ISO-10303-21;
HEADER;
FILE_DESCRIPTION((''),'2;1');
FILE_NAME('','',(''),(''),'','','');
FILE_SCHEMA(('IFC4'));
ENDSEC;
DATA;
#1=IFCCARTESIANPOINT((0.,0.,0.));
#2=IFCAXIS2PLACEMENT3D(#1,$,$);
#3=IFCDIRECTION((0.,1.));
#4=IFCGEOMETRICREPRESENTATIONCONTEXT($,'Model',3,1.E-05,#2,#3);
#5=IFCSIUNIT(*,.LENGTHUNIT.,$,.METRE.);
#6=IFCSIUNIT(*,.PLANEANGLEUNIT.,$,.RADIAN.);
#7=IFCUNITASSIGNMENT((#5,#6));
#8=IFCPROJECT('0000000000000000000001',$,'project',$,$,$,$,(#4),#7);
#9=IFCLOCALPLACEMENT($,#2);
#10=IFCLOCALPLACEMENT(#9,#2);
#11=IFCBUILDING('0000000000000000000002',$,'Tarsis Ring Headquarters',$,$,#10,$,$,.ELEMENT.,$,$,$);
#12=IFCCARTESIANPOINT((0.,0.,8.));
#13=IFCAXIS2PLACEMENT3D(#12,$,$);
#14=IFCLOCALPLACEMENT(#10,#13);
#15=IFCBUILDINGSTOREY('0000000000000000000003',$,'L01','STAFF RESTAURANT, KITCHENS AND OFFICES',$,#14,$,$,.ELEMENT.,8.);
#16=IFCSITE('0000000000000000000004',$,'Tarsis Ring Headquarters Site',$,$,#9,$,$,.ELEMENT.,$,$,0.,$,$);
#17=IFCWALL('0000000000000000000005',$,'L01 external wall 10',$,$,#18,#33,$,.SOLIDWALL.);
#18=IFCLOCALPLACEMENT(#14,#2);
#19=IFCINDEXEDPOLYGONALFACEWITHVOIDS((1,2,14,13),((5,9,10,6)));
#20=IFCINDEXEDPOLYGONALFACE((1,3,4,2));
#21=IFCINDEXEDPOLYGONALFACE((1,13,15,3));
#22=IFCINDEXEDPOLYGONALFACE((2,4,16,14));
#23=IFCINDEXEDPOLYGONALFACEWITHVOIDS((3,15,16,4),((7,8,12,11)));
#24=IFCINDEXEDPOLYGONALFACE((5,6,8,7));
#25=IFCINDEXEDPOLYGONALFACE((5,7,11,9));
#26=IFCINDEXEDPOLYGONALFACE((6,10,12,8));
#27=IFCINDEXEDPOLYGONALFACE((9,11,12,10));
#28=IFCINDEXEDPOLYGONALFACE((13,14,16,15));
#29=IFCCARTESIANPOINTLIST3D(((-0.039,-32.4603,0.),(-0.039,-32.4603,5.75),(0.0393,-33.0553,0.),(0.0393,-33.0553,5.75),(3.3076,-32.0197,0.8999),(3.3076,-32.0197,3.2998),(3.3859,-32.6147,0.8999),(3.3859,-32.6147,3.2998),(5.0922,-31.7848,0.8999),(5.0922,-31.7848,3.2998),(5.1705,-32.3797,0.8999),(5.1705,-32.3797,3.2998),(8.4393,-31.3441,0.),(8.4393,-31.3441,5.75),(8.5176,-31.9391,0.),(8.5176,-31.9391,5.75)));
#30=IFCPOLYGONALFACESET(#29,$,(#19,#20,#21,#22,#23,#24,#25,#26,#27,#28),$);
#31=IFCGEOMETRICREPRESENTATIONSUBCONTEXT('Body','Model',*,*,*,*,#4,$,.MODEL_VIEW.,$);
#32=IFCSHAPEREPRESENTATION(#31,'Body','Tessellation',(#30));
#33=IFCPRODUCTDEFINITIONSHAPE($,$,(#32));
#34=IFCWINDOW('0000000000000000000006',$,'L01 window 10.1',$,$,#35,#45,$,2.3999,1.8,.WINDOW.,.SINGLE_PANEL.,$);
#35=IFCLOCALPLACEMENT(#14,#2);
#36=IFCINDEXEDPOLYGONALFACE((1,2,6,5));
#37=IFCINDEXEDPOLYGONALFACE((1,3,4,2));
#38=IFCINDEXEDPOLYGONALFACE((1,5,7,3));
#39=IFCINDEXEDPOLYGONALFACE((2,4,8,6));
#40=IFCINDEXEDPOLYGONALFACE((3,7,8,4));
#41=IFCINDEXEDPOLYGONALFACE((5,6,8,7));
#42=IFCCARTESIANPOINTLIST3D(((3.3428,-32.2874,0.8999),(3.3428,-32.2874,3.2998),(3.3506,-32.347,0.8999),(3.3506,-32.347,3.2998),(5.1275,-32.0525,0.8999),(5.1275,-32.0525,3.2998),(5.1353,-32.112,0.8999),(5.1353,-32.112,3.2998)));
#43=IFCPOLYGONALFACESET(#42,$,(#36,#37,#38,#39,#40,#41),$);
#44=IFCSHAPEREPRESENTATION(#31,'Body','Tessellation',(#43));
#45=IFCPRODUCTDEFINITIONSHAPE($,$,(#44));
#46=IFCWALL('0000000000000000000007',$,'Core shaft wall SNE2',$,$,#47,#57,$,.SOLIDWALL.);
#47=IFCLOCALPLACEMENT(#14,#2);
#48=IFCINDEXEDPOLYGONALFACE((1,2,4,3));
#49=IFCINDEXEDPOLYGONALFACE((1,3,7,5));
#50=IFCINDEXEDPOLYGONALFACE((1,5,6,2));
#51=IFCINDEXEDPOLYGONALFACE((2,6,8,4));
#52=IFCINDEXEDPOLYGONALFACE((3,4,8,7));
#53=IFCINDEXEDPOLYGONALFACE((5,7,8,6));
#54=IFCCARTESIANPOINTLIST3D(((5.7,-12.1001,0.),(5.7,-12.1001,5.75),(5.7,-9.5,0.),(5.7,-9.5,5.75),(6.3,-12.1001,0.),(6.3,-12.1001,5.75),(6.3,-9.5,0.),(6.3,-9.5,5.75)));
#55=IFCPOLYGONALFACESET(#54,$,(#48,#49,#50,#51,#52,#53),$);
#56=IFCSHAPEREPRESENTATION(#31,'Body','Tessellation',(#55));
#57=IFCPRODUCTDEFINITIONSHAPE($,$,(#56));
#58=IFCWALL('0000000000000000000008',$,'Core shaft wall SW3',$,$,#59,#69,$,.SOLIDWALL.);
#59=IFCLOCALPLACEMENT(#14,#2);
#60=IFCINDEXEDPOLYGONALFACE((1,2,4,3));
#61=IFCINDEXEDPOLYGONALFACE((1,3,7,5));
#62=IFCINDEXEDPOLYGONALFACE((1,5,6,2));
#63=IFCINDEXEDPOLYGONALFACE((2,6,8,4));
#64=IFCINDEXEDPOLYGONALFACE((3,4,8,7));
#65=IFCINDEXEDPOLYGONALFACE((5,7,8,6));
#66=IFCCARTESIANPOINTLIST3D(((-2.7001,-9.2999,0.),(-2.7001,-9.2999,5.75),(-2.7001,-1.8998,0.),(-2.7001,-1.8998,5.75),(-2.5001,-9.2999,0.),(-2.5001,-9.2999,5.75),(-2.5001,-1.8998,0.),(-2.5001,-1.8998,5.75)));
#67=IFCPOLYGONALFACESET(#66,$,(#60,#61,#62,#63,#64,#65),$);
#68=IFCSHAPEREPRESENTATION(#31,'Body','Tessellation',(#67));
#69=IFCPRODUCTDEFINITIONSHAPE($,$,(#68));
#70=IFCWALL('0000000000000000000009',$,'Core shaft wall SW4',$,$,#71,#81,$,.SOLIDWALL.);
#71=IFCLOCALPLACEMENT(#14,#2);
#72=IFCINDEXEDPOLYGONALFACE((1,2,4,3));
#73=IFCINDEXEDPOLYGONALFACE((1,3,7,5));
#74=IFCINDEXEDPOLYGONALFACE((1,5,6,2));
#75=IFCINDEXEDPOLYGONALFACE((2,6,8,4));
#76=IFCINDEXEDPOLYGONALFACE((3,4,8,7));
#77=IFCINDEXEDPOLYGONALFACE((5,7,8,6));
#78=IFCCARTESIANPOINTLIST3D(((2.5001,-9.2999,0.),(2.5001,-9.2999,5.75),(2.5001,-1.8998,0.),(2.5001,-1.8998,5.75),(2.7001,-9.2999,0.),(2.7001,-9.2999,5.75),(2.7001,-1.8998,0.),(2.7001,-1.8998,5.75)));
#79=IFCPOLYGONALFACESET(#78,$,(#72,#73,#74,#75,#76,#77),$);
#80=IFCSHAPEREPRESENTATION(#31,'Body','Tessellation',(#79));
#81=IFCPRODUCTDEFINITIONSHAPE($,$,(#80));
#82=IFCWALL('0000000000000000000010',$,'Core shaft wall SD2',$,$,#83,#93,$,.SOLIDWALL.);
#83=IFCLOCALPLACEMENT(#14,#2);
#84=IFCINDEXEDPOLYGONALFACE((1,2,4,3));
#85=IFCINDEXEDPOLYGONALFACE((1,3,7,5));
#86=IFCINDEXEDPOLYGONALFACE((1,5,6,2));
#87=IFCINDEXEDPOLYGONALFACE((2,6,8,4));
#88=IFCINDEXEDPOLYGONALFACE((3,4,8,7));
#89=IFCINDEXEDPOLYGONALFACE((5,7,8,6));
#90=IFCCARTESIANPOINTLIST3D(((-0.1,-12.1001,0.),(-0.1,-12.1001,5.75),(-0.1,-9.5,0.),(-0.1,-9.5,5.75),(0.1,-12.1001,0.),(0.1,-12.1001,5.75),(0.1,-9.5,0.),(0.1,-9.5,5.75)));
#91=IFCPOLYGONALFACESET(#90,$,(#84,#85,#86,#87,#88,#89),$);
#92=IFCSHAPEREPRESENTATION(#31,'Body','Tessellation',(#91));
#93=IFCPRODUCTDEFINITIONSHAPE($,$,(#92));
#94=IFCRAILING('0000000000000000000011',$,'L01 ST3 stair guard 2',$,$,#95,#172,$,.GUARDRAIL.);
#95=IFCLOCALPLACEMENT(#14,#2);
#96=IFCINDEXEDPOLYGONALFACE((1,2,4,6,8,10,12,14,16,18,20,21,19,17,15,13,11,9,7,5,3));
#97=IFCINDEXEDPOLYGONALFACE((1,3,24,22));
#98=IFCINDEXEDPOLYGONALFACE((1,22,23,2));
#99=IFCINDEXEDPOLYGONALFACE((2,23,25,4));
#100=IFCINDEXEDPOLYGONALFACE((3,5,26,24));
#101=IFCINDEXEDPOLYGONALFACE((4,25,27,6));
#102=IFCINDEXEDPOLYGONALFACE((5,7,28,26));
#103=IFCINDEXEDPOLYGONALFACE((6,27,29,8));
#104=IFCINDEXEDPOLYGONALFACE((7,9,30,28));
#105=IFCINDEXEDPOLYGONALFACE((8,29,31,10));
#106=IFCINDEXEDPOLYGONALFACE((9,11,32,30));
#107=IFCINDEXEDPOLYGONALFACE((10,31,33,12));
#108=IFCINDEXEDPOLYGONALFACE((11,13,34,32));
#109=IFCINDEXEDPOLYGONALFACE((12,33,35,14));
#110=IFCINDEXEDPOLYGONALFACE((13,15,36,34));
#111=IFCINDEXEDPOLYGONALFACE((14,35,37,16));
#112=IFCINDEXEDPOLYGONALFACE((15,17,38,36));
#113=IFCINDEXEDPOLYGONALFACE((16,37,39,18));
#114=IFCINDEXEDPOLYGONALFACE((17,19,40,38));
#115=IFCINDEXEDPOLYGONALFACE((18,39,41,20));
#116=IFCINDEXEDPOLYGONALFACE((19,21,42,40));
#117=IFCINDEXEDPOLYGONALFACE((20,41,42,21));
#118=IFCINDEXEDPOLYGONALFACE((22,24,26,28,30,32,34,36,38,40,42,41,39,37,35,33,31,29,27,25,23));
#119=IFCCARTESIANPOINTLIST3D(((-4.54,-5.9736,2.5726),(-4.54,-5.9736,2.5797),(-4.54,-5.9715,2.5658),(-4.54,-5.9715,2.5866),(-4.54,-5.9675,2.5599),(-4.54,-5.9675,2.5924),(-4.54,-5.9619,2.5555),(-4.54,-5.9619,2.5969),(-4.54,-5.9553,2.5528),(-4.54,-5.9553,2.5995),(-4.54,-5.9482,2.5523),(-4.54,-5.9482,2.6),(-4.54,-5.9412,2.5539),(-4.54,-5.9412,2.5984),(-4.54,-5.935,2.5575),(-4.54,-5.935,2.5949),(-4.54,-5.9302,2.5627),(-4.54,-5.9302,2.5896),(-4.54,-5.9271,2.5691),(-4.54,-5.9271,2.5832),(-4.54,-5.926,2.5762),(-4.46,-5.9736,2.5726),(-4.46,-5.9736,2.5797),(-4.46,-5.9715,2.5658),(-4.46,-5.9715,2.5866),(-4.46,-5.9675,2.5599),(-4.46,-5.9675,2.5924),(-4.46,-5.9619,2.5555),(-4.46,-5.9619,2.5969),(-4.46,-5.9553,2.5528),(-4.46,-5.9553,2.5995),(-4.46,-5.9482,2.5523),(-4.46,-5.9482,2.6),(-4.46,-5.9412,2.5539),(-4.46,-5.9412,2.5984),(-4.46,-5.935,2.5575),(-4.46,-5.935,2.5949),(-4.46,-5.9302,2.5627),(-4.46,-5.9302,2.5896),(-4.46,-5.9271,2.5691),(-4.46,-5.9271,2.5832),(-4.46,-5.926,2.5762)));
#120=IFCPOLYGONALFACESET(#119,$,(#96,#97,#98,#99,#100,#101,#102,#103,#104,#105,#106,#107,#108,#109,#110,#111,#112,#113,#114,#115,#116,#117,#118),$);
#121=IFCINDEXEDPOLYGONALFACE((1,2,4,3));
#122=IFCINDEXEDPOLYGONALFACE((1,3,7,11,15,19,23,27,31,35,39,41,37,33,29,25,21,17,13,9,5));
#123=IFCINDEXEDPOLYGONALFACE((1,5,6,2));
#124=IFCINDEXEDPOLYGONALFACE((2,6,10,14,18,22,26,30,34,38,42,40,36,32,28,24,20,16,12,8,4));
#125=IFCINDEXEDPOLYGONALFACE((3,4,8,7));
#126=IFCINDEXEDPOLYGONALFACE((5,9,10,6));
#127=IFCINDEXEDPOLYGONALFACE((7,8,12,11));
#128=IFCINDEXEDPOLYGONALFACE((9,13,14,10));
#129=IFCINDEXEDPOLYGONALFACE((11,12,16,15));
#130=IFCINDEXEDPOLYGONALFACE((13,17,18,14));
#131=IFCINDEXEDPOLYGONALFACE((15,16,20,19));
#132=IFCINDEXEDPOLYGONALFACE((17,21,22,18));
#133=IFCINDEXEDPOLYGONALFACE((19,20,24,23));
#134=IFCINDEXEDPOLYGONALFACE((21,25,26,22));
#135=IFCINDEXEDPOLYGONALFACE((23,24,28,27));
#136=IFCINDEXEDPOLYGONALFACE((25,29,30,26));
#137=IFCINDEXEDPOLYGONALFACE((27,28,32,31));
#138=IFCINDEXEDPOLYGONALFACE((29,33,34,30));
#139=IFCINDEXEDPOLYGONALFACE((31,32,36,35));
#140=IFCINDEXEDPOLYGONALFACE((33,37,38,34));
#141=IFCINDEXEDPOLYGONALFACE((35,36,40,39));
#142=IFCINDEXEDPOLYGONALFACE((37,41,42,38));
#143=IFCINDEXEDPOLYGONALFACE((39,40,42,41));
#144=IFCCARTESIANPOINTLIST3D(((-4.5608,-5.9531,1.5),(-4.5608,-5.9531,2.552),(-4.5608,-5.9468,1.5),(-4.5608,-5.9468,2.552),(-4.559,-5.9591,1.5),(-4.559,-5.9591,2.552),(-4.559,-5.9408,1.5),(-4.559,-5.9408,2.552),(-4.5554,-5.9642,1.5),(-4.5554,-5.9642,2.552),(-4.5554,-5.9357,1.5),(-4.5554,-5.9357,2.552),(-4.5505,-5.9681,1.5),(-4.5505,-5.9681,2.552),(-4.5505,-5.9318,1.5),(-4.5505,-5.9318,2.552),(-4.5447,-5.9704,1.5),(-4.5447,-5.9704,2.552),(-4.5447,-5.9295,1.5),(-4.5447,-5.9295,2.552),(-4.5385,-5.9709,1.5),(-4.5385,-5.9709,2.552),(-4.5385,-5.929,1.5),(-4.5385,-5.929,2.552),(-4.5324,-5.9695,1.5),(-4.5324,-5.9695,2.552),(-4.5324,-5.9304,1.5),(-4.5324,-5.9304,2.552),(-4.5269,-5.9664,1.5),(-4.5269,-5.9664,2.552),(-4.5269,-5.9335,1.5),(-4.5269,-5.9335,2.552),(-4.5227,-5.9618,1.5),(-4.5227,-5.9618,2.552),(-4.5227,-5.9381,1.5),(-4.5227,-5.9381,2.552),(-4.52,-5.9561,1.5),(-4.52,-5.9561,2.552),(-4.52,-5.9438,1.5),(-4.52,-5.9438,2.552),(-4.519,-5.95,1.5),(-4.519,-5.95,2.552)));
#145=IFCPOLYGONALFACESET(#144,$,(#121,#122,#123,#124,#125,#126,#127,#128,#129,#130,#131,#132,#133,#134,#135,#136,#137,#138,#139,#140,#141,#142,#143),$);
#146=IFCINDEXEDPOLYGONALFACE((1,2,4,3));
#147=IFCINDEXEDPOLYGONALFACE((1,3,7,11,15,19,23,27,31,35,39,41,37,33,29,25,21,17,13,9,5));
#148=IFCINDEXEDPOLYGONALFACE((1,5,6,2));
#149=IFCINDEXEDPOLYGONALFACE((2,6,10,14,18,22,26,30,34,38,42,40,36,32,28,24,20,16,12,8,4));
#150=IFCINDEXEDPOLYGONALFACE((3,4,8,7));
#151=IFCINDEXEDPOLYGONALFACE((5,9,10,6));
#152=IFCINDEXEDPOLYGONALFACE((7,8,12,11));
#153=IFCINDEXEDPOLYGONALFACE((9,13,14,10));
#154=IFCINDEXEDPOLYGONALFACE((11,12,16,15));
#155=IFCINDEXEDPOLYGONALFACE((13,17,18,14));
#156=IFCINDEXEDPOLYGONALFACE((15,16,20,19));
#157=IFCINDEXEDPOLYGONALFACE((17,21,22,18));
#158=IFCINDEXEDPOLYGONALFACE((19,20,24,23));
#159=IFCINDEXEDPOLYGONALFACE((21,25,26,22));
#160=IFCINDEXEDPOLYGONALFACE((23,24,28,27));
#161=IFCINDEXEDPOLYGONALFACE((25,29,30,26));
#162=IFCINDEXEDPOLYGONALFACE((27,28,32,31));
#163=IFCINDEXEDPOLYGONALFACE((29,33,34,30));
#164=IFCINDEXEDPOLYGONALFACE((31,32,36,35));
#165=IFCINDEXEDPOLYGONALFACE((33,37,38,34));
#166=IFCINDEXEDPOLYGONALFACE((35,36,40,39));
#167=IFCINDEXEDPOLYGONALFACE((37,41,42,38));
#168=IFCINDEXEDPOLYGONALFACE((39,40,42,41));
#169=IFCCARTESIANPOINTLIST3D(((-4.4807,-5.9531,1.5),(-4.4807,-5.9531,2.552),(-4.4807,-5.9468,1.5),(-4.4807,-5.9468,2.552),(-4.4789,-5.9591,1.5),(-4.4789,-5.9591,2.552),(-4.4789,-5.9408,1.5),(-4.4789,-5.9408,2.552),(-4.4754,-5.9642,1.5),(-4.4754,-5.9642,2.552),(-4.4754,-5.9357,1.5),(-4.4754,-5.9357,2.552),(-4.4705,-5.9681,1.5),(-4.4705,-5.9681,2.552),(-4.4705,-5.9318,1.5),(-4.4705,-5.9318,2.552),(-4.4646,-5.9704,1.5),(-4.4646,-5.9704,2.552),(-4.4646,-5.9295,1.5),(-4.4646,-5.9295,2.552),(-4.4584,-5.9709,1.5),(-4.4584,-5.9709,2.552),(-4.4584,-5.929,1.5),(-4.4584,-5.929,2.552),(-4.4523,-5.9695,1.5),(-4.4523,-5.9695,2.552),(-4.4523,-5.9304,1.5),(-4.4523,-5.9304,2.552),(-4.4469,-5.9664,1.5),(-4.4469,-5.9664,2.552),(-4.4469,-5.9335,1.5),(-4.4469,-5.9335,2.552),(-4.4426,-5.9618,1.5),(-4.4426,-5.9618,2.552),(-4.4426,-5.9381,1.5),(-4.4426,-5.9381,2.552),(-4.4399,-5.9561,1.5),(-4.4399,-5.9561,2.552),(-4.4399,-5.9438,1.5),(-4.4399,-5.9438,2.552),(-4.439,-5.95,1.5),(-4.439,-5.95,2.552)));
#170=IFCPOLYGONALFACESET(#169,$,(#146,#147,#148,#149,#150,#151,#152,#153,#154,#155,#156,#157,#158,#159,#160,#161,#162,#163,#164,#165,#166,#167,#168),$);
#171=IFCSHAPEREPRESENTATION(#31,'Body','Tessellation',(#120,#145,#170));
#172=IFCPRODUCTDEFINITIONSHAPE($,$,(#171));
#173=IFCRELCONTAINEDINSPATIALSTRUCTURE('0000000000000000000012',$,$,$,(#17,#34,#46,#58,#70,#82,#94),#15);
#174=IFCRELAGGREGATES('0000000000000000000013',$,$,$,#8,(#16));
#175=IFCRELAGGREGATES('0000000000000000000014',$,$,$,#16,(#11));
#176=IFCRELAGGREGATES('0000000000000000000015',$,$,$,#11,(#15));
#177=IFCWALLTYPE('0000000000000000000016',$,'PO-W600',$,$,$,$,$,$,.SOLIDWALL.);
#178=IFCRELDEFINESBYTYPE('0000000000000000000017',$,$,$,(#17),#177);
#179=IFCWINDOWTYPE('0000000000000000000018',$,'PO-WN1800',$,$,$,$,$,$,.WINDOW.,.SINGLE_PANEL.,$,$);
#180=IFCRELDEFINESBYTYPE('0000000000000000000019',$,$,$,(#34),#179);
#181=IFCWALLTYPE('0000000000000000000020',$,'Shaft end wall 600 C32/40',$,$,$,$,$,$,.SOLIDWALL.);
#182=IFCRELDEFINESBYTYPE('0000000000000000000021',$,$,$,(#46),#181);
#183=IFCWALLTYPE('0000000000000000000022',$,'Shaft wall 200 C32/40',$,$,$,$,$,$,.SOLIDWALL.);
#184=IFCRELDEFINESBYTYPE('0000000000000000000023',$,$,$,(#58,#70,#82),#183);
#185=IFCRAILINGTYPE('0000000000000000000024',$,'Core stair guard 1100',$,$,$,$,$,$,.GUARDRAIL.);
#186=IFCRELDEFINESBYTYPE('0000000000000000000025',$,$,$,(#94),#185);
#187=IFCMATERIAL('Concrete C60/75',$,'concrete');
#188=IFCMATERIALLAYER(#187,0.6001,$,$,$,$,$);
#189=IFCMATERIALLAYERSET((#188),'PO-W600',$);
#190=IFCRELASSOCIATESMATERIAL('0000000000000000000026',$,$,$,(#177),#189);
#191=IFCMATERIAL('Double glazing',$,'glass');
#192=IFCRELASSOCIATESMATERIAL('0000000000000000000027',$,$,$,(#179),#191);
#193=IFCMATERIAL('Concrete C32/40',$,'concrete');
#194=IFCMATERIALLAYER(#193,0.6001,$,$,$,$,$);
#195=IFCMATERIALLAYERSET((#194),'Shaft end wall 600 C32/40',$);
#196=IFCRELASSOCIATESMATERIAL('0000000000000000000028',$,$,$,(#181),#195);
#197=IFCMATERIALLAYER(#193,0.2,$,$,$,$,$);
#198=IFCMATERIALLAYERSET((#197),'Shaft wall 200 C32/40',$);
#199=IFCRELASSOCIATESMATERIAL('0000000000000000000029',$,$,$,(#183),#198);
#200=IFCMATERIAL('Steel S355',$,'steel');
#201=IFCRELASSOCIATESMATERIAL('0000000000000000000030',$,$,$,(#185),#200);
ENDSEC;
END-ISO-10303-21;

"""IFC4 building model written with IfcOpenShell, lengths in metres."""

from ifc_helpers import new_model, si_unit, direction, frame, frame_2d, origin, origin_2d, place, context, subcontext, project, spatial, rectangle, circle, extrude, material, layer, layer_set, type_object, element, fill, save


model = new_model("IFC4")

# Units and contexts
model_context = context("Model", 3, precision=1e-05, world=origin(), true_north=direction((0.0, 1.0)))
body_context = subcontext(model_context, "Body", "Model", "MODEL_VIEW")
ifc_project = project(units=[si_unit("LENGTHUNIT", "METRE"), si_unit("PLANEANGLEUNIT", "RADIAN")], contexts=[model_context])

# Site, building, storey
site_placement = place(None, origin())
site = spatial("IfcSite", under=ifc_project, at=site_placement, Name="Tarsis Ring Headquarters Site", CompositionType="ELEMENT", RefElevation=0.0)
building_placement = place(site_placement, origin())
building = spatial("IfcBuilding", under=site, at=building_placement, Name="Tarsis Ring Headquarters", CompositionType="ELEMENT")
storey_placement = place(building_placement, frame((0.0, 0.0, 8.0)))
storey = spatial("IfcBuildingStorey", under=building, at=storey_placement, Name="L01", Description="STAFF RESTAURANT, KITCHENS AND OFFICES", CompositionType="ELEMENT", Elevation=8.0)

# Shared definitions
ifc_material_1 = material(Name="Concrete C60/75", Category="concrete")

# Shared definitions
ifc_layer_1 = layer(ifc_material_1, 0.6001)
ifc_layer_set_1 = layer_set([ifc_layer_1], Name="PO-W600")
wall_type_1 = type_object("IfcWallType", Name="PO-W600", PredefinedType="SOLIDWALL", material=ifc_layer_set_1)

# Wall, opening, window
wall_1_placement = place(storey_placement, frame((0.0, -32.7578, 0.0), z_axis=(0.0, 0.0, 1.0), x_axis=(0.991444, 0.130529, 0.0)))
wall_1 = element("IfcWall", 1, at=wall_1_placement, inside=storey, type_object=wall_type_1, Name="L01 external wall 10", PredefinedType="SOLIDWALL", context=body_context, shape_type="SweptSolid", body=[
    extrude(rectangle(XDim=8.5515, YDim=0.6001, at=frame_2d((4.2759, 0.0))), origin(), (0.0, 0.0, 1.0), 5.75),
])
opening_1_placement = place(wall_1_placement, frame((3.3757, 0.0, 0.8999)))
opening_1 = element("IfcOpeningElement", 2, at=opening_1_placement, cuts=wall_1, PredefinedType="OPENING", context=body_context, shape_type="SweptSolid", body=[
    extrude(rectangle(XDim=1.8, YDim=2.3999, at=frame_2d((0.8999, 1.2))), frame((0.0, 0.3101, 0.0), z_axis=(0.0, -1.0, 0.0), x_axis=(1.0, 0.0, 0.0)), (0.0, 0.0, 1.0), 0.6201),
])
ifc_material_2 = material(Name="Double glazing", Category="glass")
window_type = type_object("IfcWindowType", Name="PO-WN1800", PartitioningType="SINGLE_PANEL", PredefinedType="WINDOW", material=ifc_material_2)
window_placement = place(opening_1_placement, origin())
window = element("IfcWindow", 3, at=window_placement, inside=storey, type_object=window_type, Name="L01 window 10.1", OverallHeight=2.3999, OverallWidth=1.8, PartitioningType="SINGLE_PANEL", PredefinedType="WINDOW", context=body_context, shape_type="SweptSolid", body=[
    extrude(rectangle(XDim=1.8, YDim=2.3999, at=frame_2d((0.8999, 1.2))), frame((0.0, 0.03, 0.0), z_axis=(0.0, -1.0, 0.0), x_axis=(1.0, 0.0, 0.0)), (0.0, 0.0, 1.0), 0.0601),
])
fill(opening_1, window)

# Walls
ifc_material_3 = material(Name="Concrete C32/40", Category="concrete")
ifc_layer_2 = layer(ifc_material_3, 0.6001)
ifc_layer_set_2 = layer_set([ifc_layer_2], Name="Shaft end wall 600 C32/40")
wall_type_2 = type_object("IfcWallType", Name="Shaft end wall 600 C32/40", PredefinedType="SOLIDWALL", material=ifc_layer_set_2)
wall_2_placement = place(storey_placement, frame((6.0, -12.1001, 0.0), z_axis=(0.0, 0.0, 1.0), x_axis=(0.0, 1.0, 0.0)))
element("IfcWall", 4, at=wall_2_placement, inside=storey, type_object=wall_type_2, Name="Core shaft wall SNE2", PredefinedType="SOLIDWALL", context=body_context, shape_type="SweptSolid", body=[
    extrude(rectangle(XDim=2.6001, YDim=0.6001, at=frame_2d((1.3, 0.0))), origin(), (0.0, 0.0, 1.0), 5.75),
])
ifc_layer_3 = layer(ifc_material_3, 0.2)
ifc_layer_set_3 = layer_set([ifc_layer_3], Name="Shaft wall 200 C32/40")
wall_type_3 = type_object("IfcWallType", Name="Shaft wall 200 C32/40", PredefinedType="SOLIDWALL", material=ifc_layer_set_3)
for number, where, z_axis, x_axis, name in (
    (5, (-2.6001, -9.3, 0.0), (0.0, 0.0, 1.0), (0.0, 1.0, 0.0), "Core shaft wall SW3"),
    (6, (2.6001, -9.3, 0.0), (0.0, 0.0, 1.0), (0.0, 1.0, 0.0), "Core shaft wall SW4"),
):
    element("IfcWall", number, at=place(storey_placement, frame(where, z_axis=z_axis, x_axis=x_axis)), inside=storey, type_object=wall_type_3, Name=name, PredefinedType="SOLIDWALL", context=body_context, shape_type="SweptSolid", body=[
        extrude(rectangle(XDim=7.4001, YDim=0.2, at=frame_2d((3.7002, 0.0))), origin(), (0.0, 0.0, 1.0), 5.75),
    ])
wall_3_placement = place(storey_placement, frame((0.0, -12.1001, 0.0), z_axis=(0.0, 0.0, 1.0), x_axis=(0.0, 1.0, 0.0)))
element("IfcWall", 7, at=wall_3_placement, inside=storey, type_object=wall_type_3, Name="Core shaft wall SD2", PredefinedType="SOLIDWALL", context=body_context, shape_type="SweptSolid", body=[
    extrude(rectangle(XDim=2.6001, YDim=0.2, at=frame_2d((1.3, 0.0))), origin(), (0.0, 0.0, 1.0), 5.75),
])

# Railing
ifc_material_4 = material(Name="Steel S355", Category="steel")
railing_type_1 = type_object("IfcRailingType", Name="Core stair guard 1100", PredefinedType="GUARDRAIL", material=ifc_material_4)
railing_1_placement = place(storey_placement, frame((-4.54, -5.95, 1.5)))
element("IfcRailing", 8, at=railing_1_placement, inside=storey, type_object=railing_type_1, Name="L01 ST3 stair guard 2", PredefinedType="GUARDRAIL", context=body_context, shape_type="SweptSolid", body=[
    extrude(circle(Radius=0.0239, at=origin_2d()), frame((0.0, 0.0, 1.0762), z_axis=(1.0, 0.0, 0.0), x_axis=(0.0, 1.0, 0.0)), (0.0, 0.0, 1.0), 0.0801),
    extrude(circle(Radius=0.021, at=origin_2d()), origin(), (0.0, 0.0, 1.0), 1.052),
    extrude(circle(Radius=0.021, at=origin_2d()), frame((0.0801, 0.0, 0.0)), (0.0, 0.0, 1.0), 1.052),
])

save(model, "model.ifc")
